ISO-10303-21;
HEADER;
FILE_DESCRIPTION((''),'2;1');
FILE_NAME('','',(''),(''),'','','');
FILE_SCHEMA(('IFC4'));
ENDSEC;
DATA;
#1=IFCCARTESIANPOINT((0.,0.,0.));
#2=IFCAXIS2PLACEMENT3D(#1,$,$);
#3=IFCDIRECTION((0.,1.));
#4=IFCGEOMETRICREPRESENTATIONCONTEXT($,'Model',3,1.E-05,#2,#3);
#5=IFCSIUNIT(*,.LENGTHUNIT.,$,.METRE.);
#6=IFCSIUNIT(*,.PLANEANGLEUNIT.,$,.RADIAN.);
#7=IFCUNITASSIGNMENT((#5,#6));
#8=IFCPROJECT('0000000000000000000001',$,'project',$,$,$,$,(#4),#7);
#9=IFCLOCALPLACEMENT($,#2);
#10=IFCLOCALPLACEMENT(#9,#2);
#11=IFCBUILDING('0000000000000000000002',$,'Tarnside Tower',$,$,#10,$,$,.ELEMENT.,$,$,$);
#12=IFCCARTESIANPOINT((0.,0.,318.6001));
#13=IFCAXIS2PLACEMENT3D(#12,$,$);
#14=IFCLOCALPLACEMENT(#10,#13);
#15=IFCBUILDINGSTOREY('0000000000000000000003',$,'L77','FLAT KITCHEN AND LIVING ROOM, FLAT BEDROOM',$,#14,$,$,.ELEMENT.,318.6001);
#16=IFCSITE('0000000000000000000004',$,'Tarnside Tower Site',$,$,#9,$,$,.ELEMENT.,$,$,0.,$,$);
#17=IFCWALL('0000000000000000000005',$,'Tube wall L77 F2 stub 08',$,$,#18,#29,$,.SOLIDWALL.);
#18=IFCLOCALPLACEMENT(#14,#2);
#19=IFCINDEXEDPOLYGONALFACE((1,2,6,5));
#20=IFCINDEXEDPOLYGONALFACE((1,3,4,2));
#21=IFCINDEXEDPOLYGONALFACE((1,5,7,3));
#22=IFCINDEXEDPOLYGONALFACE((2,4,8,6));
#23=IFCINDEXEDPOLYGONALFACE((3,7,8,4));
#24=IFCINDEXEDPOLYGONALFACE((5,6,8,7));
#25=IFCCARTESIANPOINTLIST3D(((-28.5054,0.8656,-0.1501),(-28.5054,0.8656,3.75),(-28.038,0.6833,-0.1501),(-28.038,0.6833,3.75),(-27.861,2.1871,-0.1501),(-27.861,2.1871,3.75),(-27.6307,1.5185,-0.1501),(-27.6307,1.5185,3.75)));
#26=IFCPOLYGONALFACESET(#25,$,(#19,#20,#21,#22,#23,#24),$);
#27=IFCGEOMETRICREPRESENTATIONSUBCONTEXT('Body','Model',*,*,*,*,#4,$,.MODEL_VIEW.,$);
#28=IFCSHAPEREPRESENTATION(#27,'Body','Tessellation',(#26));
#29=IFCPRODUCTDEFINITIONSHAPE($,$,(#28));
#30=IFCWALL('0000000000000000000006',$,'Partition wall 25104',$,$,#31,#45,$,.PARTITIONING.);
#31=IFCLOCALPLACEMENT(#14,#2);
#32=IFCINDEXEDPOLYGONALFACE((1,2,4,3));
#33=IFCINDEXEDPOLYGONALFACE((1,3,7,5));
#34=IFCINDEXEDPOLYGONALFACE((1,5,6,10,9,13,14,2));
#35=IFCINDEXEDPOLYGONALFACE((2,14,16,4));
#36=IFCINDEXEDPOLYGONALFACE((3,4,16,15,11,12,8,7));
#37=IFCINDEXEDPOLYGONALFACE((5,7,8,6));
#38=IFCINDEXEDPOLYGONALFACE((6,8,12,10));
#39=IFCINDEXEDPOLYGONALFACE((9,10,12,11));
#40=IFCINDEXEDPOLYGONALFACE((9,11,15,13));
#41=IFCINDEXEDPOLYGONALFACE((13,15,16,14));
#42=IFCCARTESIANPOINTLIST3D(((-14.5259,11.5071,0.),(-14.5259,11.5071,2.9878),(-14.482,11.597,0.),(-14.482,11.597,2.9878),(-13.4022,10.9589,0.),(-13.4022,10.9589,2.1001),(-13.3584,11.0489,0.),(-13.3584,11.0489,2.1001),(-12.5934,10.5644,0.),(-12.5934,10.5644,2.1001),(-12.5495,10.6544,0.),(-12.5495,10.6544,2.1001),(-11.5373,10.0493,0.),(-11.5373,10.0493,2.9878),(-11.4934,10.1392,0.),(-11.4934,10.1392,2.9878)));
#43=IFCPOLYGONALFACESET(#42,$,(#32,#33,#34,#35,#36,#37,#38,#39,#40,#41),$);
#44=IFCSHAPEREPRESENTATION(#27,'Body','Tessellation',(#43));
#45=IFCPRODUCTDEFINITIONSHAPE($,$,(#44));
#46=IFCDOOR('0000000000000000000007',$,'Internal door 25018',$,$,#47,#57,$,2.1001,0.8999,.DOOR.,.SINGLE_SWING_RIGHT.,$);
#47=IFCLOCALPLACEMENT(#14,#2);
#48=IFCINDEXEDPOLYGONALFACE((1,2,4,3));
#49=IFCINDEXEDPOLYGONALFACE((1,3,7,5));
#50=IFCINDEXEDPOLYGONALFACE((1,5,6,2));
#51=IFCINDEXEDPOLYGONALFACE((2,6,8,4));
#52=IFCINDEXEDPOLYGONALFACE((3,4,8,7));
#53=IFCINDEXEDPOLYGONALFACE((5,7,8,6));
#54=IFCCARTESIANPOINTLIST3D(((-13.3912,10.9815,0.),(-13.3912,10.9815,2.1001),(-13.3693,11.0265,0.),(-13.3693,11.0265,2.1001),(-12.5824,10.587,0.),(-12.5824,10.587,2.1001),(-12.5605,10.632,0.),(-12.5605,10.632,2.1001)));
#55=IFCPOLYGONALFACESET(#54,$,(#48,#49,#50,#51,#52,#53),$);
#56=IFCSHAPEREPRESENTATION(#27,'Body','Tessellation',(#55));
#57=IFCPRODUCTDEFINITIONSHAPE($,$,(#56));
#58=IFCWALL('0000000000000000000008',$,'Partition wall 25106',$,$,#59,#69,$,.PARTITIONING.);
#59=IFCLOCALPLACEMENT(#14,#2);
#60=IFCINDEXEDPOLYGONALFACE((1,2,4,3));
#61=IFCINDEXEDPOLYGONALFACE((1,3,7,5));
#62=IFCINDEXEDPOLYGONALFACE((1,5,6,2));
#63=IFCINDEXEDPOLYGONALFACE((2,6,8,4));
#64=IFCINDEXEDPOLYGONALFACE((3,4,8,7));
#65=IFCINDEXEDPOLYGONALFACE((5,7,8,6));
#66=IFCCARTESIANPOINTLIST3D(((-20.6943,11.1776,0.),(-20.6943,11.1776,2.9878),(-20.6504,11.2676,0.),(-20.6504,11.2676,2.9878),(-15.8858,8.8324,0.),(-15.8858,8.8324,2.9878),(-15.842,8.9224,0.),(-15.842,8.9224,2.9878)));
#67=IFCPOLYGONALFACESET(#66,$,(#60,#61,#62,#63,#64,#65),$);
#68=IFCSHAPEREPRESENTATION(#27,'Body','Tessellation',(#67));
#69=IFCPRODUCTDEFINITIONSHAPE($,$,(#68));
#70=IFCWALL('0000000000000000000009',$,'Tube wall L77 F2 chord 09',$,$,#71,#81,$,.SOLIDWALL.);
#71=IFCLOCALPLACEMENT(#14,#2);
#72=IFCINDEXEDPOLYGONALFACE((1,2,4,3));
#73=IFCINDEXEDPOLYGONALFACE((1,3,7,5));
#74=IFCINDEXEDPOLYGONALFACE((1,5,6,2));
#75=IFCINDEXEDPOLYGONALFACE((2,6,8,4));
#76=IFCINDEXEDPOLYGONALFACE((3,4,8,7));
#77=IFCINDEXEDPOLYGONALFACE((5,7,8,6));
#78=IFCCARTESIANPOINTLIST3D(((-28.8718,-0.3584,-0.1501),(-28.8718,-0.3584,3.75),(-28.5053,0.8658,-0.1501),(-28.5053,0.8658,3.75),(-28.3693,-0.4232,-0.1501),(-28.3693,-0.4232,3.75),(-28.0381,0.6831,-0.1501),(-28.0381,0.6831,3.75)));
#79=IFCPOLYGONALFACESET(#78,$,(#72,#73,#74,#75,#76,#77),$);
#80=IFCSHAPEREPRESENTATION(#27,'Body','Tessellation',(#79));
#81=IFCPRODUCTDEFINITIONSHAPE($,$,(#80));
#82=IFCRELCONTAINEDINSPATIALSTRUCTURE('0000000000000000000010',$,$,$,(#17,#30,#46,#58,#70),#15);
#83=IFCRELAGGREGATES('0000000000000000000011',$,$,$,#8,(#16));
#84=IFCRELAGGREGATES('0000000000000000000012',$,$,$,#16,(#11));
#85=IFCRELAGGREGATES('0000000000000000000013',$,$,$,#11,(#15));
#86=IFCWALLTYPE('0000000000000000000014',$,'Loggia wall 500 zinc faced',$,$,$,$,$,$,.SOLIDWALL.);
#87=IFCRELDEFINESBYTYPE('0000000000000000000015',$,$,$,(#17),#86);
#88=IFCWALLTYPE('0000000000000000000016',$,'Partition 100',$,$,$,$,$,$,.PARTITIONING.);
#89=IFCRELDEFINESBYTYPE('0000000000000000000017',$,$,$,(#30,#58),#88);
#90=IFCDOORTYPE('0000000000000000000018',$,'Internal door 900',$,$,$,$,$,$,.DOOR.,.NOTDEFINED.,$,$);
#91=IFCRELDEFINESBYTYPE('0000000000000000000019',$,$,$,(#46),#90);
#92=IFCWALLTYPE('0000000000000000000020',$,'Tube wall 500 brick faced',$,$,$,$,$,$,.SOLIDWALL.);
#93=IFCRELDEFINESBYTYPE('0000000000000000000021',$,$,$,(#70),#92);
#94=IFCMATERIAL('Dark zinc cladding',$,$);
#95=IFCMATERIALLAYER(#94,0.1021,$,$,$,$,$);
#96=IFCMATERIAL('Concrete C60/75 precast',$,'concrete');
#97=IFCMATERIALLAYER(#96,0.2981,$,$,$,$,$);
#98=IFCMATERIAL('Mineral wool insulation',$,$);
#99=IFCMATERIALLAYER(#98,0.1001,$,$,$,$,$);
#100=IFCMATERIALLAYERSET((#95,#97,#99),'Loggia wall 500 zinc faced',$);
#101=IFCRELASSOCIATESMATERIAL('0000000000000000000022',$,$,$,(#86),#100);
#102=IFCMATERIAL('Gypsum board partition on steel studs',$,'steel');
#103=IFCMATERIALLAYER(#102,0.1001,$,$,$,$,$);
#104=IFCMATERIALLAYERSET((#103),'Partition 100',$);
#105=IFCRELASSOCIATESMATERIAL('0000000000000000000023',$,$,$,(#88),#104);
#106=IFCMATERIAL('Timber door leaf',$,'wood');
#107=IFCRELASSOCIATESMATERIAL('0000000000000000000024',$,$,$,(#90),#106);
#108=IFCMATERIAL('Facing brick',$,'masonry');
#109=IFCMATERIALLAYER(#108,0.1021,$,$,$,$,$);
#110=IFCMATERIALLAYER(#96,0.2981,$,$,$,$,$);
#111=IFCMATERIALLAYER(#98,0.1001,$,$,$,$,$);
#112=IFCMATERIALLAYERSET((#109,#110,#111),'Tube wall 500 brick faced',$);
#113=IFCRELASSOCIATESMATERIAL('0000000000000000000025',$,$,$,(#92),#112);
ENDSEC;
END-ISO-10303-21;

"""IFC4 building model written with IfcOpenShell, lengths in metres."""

from ifc_helpers import new_model, si_unit, direction, frame, frame_2d, origin, place, context, subcontext, project, spatial, polyline, rectangle, outline, extrude, material, layer, layer_set, type_object, element, fill, save


model = new_model("IFC4")

# Units and contexts
model_context = context("Model", 3, precision=1e-05, world=origin(), true_north=direction((0.0, 1.0)))
body_context = subcontext(model_context, "Body", "Model", "MODEL_VIEW")
ifc_project = project(units=[si_unit("LENGTHUNIT", "METRE"), si_unit("PLANEANGLEUNIT", "RADIAN")], contexts=[model_context])

# Site, building, storey
site_placement = place(None, origin())
site = spatial("IfcSite", under=ifc_project, at=site_placement, Name="Tarnside Tower Site", CompositionType="ELEMENT", RefElevation=0.0)
building_placement = place(site_placement, origin())
building = spatial("IfcBuilding", under=site, at=building_placement, Name="Tarnside Tower", CompositionType="ELEMENT")
storey_placement = place(building_placement, frame((0.0, 0.0, 318.6001)))
storey = spatial("IfcBuildingStorey", under=building, at=storey_placement, Name="L77", Description="FLAT KITCHEN AND LIVING ROOM, FLAT BEDROOM", CompositionType="ELEMENT", Elevation=318.6001)

# Shared definitions
ifc_material_1 = material(Name="Gypsum board partition on steel studs", Category="steel")
ifc_material_2 = material(Name="Timber door leaf", Category="wood")

# Wall
ifc_material_3 = material(Name="Dark zinc cladding")
ifc_layer_1 = layer(ifc_material_3, 0.1021)
ifc_material_4 = material(Name="Concrete C60/75 precast", Category="concrete")
ifc_layer_2 = layer(ifc_material_4, 0.2981)
ifc_material_5 = material(Name="Mineral wool insulation")
ifc_layer_3 = layer(ifc_material_5, 0.1001)
ifc_layer_set_1 = layer_set([ifc_layer_1, ifc_layer_2, ifc_layer_3], Name="Loggia wall 500 zinc faced")
wall_type_1 = type_object("IfcWallType", Name="Loggia wall 500 zinc faced", PredefinedType="SOLIDWALL", material=ifc_layer_set_1)
wall_1_placement = place(storey_placement, frame((-27.7458, 1.8528, -0.1501), z_axis=(0.0, 0.0, 1.0), x_axis=(-0.438319, -0.898819, 0.0)))
element("IfcWall", 1, at=wall_1_placement, inside=storey, type_object=wall_type_1, Name="Tube wall L77 F2 stub 08", PredefinedType="SOLIDWALL", context=body_context, shape_type="SweptSolid", body=[
    extrude(outline(polyline([(-0.25, -0.25), (1.2202, -0.25), (1.1792, 0.25), (0.25, 0.25), (-0.25, -0.25)])), origin(), (0.0, 0.0, 1.0), 3.9001),
])

# Wall, opening, door
ifc_layer_4 = layer(ifc_material_1, 0.1001)
ifc_layer_set_2 = layer_set([ifc_layer_4], Name="Partition 100")
wall_type_2 = type_object("IfcWallType", Name="Partition 100", PredefinedType="PARTITIONING", material=ifc_layer_set_2)
wall_2_placement = place(storey_placement, frame((-11.5154, 10.0942, 0.0), z_axis=(0.0, 0.0, 1.0), x_axis=(-0.898775, 0.438411, 0.0)))
wall_2 = element("IfcWall", 2, at=wall_2_placement, inside=storey, type_object=wall_type_2, Name="Partition wall 25104", PredefinedType="PARTITIONING", context=body_context, shape_type="SweptSolid", body=[
    extrude(rectangle(XDim=3.3252, YDim=0.1001, at=frame_2d((1.6626, 0.0))), origin(), (0.0, 0.0, 1.0), 2.9878),
])
opening_1_placement = place(wall_2_placement, frame((1.175, 0.0, 0.0)))
opening_1 = element("IfcOpeningElement", 3, at=opening_1_placement, cuts=wall_2, PredefinedType="OPENING", context=body_context, shape_type="SweptSolid", body=[
    extrude(rectangle(XDim=0.8999, YDim=2.1001, at=frame_2d((0.45, 1.05))), frame((0.0, 0.0601, 0.0), z_axis=(0.0, -1.0, 0.0), x_axis=(1.0, 0.0, 0.0)), (0.0, 0.0, 1.0), 0.1201),
])
door_type_1 = type_object("IfcDoorType", Name="Internal door 900", OperationType="NOTDEFINED", PredefinedType="DOOR", material=ifc_material_2)
door_1_placement = place(opening_1_placement, origin())
door_1 = element("IfcDoor", 4, at=door_1_placement, inside=storey, type_object=door_type_1, Name="Internal door 25018", OperationType="SINGLE_SWING_RIGHT", OverallHeight=2.1001, OverallWidth=0.8999, PredefinedType="DOOR", context=body_context, shape_type="SweptSolid", body=[
    extrude(rectangle(XDim=0.8999, YDim=2.1001, at=frame_2d((0.45, 1.05))), frame((0.0, 0.0249, 0.0), z_axis=(0.0, -1.0, 0.0), x_axis=(1.0, 0.0, 0.0)), (0.0, 0.0, 1.0), 0.05),
])
fill(opening_1, door_1)

# Walls
wall_3_placement = place(storey_placement, frame((-15.864, 8.8774, 0.0), z_axis=(0.0, 0.0, 1.0), x_axis=(-0.898792, 0.438375, 0.0)))
element("IfcWall", 5, at=wall_3_placement, inside=storey, type_object=wall_type_2, Name="Partition wall 25106", PredefinedType="PARTITIONING", context=body_context, shape_type="SweptSolid", body=[
    extrude(rectangle(XDim=5.3499, YDim=0.1001, at=frame_2d((2.6748, 0.0))), origin(), (0.0, 0.0, 1.0), 2.9878),
])
ifc_material_6 = material(Name="Facing brick", Category="masonry")
ifc_layer_5 = layer(ifc_material_6, 0.1021)
ifc_layer_6 = layer(ifc_material_4, 0.2981)
ifc_layer_7 = layer(ifc_material_5, 0.1001)
ifc_layer_set_3 = layer_set([ifc_layer_5, ifc_layer_6, ifc_layer_7], Name="Tube wall 500 brick faced")
wall_type_3 = type_object("IfcWallType", Name="Tube wall 500 brick faced", PredefinedType="SOLIDWALL", material=ifc_layer_set_3)
wall_4_placement = place(storey_placement, frame((-28.2717, 0.7744, -0.1501), z_axis=(0.0, 0.0, 1.0), x_axis=(-0.286814, -0.957986, 0.0)))
element("IfcWall", 6, at=wall_4_placement, inside=storey, type_object=wall_type_3, Name="Tube wall L77 F2 chord 09", PredefinedType="SOLIDWALL", context=body_context, shape_type="SweptSolid", body=[
    extrude(outline(polyline([(-0.0205, -0.25), (1.2573, -0.25), (1.1753, 0.25), (0.0205, 0.25), (-0.0205, -0.25)])), origin(), (0.0, 0.0, 1.0), 3.9001),
])

save(model, "model.ifc")
